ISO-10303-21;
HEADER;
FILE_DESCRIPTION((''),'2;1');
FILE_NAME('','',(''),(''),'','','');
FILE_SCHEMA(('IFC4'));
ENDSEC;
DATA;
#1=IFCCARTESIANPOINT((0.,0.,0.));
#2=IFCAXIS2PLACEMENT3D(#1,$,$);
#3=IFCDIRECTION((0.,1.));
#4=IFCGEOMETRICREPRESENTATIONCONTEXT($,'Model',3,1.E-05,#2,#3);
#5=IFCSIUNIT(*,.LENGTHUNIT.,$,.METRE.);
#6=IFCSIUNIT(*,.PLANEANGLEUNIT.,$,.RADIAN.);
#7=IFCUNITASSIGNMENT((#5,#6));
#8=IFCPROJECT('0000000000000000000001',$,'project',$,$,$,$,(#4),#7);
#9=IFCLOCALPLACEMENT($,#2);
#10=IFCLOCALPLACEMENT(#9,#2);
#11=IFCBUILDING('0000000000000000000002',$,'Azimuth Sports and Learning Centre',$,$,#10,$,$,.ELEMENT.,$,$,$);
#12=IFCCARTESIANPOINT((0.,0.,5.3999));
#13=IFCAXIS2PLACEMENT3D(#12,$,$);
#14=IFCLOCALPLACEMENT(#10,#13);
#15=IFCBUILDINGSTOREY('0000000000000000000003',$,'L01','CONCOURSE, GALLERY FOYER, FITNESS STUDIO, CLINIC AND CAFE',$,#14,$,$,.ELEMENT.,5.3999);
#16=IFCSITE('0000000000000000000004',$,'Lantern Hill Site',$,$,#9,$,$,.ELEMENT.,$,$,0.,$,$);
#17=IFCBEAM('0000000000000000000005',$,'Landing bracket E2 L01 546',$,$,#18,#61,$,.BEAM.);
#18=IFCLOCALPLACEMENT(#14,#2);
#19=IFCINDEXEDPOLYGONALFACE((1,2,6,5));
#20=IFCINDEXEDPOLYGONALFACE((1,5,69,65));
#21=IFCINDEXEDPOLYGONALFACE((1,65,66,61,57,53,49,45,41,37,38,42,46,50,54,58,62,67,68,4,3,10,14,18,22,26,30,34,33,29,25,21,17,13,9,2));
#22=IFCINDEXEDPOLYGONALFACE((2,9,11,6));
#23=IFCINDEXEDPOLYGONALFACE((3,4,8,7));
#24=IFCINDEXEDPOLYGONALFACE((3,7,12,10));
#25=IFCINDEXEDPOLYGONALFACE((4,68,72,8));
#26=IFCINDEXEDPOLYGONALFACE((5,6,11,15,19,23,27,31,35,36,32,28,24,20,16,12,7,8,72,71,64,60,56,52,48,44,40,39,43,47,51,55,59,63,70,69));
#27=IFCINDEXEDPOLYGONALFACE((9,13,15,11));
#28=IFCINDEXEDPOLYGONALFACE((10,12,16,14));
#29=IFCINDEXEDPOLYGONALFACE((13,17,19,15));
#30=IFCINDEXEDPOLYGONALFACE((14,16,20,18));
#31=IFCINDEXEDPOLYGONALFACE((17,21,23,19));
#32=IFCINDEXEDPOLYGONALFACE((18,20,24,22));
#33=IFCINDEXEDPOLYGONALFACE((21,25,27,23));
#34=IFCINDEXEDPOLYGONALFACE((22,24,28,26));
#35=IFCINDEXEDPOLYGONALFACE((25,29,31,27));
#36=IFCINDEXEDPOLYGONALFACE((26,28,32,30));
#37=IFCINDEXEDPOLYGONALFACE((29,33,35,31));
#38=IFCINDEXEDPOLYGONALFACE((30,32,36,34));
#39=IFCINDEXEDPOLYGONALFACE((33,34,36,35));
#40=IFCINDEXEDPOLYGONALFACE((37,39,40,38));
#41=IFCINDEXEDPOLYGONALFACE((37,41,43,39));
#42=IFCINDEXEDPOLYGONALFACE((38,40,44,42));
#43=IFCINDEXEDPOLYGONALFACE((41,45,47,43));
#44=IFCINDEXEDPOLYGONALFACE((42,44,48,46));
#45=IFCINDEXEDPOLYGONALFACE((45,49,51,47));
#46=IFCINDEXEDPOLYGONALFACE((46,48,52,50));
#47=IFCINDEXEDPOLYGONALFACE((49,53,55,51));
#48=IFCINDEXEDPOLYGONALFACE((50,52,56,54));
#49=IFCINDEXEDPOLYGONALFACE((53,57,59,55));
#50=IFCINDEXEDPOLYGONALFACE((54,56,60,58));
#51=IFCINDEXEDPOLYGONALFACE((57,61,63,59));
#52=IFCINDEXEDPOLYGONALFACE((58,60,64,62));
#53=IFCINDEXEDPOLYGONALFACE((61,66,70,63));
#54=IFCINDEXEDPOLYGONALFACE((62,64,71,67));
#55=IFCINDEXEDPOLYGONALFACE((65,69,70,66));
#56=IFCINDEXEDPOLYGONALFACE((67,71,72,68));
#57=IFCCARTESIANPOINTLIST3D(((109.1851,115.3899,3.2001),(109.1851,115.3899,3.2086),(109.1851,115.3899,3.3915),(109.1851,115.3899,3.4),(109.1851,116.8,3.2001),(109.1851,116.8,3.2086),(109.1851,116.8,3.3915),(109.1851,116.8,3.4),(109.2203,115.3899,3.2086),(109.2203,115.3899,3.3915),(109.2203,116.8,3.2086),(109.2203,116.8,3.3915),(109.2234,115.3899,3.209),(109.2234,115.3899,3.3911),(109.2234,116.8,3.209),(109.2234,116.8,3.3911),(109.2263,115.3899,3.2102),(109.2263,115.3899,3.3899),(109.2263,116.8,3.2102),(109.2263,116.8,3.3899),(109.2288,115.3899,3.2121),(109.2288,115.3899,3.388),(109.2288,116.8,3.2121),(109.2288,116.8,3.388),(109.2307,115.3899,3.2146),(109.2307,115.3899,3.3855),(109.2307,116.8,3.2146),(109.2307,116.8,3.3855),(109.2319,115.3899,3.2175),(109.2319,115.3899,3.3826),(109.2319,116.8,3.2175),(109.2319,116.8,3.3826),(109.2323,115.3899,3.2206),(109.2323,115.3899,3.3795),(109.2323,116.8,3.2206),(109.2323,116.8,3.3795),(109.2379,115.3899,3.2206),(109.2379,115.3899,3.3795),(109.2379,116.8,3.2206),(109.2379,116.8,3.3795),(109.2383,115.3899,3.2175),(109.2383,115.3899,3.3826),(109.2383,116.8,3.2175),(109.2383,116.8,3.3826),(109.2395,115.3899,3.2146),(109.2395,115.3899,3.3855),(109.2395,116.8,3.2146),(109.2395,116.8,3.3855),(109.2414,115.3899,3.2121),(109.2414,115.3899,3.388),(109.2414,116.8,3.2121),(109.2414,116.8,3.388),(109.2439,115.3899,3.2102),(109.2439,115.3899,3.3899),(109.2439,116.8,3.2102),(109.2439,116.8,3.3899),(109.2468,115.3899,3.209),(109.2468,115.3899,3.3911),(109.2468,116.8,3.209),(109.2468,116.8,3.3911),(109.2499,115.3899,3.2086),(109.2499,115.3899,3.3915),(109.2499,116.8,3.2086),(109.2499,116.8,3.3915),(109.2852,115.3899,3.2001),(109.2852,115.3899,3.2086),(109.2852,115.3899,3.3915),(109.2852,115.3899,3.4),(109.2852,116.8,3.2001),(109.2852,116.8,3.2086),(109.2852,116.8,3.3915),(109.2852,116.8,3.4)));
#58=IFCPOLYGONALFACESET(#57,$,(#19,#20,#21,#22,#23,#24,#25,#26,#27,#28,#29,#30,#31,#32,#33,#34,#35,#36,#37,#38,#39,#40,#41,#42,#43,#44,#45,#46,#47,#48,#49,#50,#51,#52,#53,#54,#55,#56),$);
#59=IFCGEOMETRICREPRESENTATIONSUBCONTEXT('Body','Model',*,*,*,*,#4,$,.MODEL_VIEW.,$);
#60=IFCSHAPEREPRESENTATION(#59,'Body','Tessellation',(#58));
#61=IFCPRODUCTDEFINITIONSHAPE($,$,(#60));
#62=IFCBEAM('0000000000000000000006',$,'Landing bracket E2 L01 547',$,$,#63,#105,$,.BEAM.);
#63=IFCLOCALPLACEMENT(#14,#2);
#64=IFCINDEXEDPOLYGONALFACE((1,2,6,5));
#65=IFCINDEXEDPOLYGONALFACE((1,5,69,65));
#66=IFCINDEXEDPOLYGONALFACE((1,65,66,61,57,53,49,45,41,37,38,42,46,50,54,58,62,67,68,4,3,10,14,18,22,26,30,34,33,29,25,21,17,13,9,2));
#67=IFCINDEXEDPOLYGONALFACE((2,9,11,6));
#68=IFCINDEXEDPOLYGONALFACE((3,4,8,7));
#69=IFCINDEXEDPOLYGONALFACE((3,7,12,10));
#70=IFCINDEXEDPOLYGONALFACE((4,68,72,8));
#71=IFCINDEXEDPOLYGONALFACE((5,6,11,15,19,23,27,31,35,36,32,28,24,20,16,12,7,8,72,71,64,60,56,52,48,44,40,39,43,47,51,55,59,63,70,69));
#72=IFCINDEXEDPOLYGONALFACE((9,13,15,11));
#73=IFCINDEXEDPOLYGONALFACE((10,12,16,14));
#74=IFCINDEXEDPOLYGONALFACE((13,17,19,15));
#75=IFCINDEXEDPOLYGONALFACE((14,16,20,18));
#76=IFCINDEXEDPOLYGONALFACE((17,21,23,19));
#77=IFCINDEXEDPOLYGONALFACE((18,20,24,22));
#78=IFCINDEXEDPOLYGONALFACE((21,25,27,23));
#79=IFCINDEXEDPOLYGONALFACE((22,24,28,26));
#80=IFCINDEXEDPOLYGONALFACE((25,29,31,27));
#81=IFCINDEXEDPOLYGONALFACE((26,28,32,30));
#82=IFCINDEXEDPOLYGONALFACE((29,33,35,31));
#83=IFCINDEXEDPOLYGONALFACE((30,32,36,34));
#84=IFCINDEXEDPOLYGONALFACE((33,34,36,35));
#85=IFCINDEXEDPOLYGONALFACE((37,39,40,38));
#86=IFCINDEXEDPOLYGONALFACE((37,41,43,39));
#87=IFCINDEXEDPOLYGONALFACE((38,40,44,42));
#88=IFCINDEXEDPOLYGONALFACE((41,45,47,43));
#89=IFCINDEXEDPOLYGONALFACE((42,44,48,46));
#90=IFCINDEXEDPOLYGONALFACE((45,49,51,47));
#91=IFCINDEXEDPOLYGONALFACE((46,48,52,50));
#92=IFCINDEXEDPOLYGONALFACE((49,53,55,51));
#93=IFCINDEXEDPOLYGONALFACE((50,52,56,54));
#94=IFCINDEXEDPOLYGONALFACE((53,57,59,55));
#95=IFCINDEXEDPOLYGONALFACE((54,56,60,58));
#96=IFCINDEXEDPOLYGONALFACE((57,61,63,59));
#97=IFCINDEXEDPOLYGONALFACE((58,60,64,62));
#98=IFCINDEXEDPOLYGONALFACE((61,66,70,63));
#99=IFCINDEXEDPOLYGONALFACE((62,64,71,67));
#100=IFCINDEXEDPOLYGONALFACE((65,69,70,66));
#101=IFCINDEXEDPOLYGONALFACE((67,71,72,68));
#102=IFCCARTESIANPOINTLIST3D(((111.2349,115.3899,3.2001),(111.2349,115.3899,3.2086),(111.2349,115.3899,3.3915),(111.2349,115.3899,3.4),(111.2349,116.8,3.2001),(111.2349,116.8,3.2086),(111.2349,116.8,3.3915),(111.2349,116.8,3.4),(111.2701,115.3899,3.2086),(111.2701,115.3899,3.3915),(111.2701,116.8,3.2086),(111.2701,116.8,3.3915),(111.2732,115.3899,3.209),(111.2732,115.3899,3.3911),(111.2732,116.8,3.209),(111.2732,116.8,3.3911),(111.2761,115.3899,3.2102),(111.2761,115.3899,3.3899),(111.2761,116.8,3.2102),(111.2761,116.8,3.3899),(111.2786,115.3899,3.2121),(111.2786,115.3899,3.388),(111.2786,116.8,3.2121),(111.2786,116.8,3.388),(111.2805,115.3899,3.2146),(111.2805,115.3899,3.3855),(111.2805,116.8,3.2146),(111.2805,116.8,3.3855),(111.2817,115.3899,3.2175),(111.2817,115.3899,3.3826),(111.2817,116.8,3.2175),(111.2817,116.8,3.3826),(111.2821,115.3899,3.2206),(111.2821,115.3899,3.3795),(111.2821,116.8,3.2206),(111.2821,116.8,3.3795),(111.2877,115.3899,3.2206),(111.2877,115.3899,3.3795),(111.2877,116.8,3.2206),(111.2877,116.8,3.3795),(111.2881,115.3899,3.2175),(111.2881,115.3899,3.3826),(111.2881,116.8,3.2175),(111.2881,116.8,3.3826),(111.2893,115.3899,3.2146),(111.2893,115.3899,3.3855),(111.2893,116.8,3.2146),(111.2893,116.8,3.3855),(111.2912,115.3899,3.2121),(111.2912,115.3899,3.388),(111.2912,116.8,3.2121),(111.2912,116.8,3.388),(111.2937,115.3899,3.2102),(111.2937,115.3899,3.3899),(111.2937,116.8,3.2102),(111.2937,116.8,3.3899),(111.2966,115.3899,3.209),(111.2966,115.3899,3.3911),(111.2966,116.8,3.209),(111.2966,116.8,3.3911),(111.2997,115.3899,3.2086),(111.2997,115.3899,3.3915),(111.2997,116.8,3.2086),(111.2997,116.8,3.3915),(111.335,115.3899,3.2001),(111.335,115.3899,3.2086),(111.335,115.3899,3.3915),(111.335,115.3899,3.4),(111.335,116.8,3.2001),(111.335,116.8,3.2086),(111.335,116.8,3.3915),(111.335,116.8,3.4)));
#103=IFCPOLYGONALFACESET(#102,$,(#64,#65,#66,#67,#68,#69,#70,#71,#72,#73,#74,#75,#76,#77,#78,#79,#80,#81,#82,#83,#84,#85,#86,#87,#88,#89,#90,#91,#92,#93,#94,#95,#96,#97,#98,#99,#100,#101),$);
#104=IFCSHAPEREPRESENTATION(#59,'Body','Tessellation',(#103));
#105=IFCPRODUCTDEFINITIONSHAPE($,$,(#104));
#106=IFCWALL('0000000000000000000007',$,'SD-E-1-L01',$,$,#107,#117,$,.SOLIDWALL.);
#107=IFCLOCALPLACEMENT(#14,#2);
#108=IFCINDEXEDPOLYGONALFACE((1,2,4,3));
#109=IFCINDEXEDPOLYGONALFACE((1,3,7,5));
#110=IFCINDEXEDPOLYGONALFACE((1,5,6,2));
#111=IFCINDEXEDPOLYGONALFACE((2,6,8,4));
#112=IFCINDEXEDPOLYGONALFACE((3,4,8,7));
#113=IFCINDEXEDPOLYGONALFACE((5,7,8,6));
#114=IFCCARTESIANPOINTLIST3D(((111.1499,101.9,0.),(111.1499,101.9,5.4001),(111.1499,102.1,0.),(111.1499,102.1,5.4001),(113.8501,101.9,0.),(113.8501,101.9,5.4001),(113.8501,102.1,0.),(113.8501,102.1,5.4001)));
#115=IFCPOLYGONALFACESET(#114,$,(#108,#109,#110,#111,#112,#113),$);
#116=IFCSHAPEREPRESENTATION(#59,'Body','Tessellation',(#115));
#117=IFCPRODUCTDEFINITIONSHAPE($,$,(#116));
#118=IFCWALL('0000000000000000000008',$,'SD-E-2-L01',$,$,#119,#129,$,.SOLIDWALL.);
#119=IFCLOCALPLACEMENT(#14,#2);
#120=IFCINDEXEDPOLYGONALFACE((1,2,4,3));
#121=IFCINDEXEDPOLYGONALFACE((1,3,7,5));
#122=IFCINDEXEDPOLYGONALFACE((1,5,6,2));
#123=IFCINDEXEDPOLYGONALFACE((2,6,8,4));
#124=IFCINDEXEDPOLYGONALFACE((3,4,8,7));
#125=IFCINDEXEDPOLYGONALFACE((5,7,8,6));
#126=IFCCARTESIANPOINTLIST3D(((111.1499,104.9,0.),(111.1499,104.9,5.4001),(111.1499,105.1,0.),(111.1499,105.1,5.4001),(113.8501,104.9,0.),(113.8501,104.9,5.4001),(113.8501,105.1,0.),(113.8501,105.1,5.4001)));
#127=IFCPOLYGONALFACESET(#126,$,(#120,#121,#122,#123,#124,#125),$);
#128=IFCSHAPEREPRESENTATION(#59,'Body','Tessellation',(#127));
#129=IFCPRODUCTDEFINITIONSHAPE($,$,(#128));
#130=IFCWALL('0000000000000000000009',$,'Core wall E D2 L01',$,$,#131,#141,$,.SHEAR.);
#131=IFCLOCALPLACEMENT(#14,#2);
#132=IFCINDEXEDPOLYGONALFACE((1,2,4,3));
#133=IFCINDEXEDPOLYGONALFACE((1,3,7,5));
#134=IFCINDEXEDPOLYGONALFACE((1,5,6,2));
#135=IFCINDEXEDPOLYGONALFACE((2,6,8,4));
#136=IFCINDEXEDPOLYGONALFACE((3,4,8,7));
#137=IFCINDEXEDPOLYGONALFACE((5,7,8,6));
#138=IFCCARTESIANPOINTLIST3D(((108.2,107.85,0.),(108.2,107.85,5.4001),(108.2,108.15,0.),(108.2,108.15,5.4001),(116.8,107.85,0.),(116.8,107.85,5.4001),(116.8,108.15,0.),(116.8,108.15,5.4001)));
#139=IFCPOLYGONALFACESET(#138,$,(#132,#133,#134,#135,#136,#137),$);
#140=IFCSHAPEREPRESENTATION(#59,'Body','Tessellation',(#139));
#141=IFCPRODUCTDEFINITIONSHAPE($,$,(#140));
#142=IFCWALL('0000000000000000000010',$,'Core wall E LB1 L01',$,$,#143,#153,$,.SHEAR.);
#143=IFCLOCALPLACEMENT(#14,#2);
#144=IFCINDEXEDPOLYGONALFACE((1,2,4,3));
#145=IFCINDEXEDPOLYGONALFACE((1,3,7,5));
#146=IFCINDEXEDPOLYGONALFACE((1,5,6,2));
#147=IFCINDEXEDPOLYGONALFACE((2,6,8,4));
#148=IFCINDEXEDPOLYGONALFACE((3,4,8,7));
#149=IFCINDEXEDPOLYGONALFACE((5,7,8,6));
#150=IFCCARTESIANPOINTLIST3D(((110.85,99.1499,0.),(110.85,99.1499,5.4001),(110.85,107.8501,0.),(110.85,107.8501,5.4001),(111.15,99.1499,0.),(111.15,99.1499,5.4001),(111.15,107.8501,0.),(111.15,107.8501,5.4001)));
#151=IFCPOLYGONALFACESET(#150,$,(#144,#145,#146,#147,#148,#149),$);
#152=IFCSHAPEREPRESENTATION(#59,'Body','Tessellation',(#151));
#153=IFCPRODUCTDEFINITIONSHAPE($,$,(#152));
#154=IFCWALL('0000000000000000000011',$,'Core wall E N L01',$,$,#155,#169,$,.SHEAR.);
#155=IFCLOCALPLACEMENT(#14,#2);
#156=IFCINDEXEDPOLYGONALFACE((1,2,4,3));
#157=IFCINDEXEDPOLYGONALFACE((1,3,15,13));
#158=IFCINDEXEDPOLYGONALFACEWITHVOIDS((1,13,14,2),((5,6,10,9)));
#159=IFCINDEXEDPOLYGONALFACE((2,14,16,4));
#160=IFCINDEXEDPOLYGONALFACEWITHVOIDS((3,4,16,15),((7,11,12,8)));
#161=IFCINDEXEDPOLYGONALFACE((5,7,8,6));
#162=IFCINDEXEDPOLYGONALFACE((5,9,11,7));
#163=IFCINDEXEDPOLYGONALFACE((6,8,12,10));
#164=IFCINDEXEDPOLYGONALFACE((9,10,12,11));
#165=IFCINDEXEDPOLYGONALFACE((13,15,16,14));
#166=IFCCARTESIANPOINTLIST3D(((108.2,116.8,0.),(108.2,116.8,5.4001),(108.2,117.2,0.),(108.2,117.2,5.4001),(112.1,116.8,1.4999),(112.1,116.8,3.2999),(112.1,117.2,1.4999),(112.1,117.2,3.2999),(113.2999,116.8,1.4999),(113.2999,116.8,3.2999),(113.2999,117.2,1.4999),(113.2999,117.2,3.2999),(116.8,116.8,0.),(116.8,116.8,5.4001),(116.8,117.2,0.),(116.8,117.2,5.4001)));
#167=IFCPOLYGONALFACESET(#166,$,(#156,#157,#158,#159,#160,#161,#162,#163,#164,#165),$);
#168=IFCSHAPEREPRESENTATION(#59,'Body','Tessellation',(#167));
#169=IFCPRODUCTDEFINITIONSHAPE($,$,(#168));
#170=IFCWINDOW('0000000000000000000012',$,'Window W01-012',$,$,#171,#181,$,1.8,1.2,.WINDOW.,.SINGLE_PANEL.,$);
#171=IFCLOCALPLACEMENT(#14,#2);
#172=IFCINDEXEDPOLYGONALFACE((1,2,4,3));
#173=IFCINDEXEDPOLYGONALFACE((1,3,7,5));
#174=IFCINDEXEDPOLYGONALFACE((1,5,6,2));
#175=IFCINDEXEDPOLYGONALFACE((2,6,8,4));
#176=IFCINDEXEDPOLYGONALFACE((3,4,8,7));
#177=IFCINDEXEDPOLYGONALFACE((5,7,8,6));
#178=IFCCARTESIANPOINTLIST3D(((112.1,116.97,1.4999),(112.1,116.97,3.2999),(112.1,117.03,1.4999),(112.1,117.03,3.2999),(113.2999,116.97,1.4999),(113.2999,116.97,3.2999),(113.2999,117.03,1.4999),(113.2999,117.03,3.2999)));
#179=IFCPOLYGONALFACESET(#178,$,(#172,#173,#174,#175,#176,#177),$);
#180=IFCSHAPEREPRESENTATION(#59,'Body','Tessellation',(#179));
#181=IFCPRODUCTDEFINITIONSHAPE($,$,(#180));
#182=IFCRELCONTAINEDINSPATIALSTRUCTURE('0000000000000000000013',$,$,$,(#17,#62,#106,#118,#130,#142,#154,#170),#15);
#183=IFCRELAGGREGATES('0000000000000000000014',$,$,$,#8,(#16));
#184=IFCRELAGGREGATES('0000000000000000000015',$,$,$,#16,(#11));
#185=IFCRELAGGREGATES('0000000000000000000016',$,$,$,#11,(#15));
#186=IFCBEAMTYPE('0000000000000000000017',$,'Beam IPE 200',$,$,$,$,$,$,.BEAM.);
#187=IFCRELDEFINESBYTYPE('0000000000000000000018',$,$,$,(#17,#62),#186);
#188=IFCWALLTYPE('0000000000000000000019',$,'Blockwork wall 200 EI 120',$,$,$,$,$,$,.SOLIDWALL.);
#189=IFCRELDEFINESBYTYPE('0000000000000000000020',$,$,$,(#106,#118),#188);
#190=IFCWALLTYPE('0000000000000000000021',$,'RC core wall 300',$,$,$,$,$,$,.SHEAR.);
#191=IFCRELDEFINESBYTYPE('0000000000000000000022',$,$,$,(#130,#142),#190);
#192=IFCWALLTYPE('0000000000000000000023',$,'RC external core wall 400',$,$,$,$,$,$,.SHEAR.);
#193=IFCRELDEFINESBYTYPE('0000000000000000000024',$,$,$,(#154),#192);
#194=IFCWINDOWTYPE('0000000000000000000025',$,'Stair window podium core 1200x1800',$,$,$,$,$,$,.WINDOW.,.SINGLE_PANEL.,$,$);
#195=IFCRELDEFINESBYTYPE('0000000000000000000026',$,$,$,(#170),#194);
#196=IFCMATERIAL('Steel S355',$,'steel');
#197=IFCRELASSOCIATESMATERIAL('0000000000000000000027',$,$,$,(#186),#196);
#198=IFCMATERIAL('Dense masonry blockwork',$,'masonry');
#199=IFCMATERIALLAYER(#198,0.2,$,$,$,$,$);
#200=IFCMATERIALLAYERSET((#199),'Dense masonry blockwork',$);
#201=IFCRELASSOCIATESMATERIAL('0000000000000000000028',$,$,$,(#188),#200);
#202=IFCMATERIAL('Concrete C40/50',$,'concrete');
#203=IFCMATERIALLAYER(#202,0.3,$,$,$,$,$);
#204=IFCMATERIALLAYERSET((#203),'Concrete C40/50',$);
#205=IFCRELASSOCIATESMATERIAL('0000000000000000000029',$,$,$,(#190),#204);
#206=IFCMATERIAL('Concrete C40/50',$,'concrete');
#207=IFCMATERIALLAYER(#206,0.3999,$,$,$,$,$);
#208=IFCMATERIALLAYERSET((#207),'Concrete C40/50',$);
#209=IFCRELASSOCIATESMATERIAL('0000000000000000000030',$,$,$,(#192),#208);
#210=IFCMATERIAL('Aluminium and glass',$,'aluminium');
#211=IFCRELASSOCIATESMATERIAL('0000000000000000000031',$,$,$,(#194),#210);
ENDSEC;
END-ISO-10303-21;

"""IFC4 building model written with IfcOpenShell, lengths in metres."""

from ifc_helpers import new_model, si_unit, direction, frame, frame_2d, origin, origin_2d, place, context, subcontext, project, spatial, rectangle, i_section, extrude, material, layer, layer_set, material_profile, profile_set, type_object, element, fill, save


model = new_model("IFC4")

# Units and contexts
model_context = context("Model", 3, precision=1e-05, world=origin(), true_north=direction((0.0, 1.0)))
body_context = subcontext(model_context, "Body", "Model", "MODEL_VIEW")
ifc_project = project(units=[si_unit("LENGTHUNIT", "METRE"), si_unit("PLANEANGLEUNIT", "RADIAN")], contexts=[model_context])

# Site, building, storey
site_placement = place(None, origin())
site = spatial("IfcSite", under=ifc_project, at=site_placement, Name="Lantern Hill Site", CompositionType="ELEMENT", RefElevation=0.0)
building_placement = place(site_placement, origin())
building = spatial("IfcBuilding", under=site, at=building_placement, Name="Azimuth Sports and Learning Centre", CompositionType="ELEMENT")
storey_placement = place(building_placement, frame((0.0, 0.0, 5.3999)))
storey = spatial("IfcBuildingStorey", under=building, at=storey_placement, Name="L01", Description="CONCOURSE, GALLERY FOYER, FITNESS STUDIO, CLINIC AND CAFE", CompositionType="ELEMENT", Elevation=5.3999)

# Beams
ifc_material_1 = material(Name="Steel S355", Category="steel")
ifc_material_profile = material_profile(ifc_material_1, i_section(OverallWidth=0.1001, OverallDepth=0.2, WebThickness=0.0056, FlangeThickness=0.0085, FilletRadius=0.012, at=origin_2d()), Name="IPE 200")
ifc_profile_set = profile_set([ifc_material_profile], Name="Steel S355")
beam_type = type_object("IfcBeamType", Name="Beam IPE 200", PredefinedType="BEAM", material=ifc_profile_set)
for number, where, z_axis, x_axis, name in (
    (1, (109.2351, 116.8, 3.3), (0.0, -1.0, 0.0), (1.0, 0.0, 0.0), "Landing bracket E2 L01 546"),
    (2, (111.2849, 116.8, 3.3), (0.0, -1.0, 0.0), (1.0, 0.0, 0.0), "Landing bracket E2 L01 547"),
):
    element("IfcBeam", number, at=place(storey_placement, frame(where, z_axis=z_axis, x_axis=x_axis)), inside=storey, type_object=beam_type, Name=name, PredefinedType="BEAM", context=body_context, shape_type="SweptSolid", body=[
        extrude(i_section(OverallWidth=0.1001, OverallDepth=0.2, WebThickness=0.0056, FlangeThickness=0.0085, FilletRadius=0.012, at=origin_2d()), origin(), (0.0, 0.0, 1.0), 1.4102),
    ])

# Walls
ifc_material_2 = material(Name="Dense masonry blockwork", Category="masonry")
ifc_layer_1 = layer(ifc_material_2, 0.2)
ifc_layer_set_1 = layer_set([ifc_layer_1], Name="Dense masonry blockwork")
wall_type_1 = type_object("IfcWallType", Name="Blockwork wall 200 EI 120", PredefinedType="SOLIDWALL", material=ifc_layer_set_1)
for number, where, z_axis, x_axis, name in (
    (3, (111.1499, 102.0, 0.0), (0.0, 0.0, 1.0), (1.0, 0.0, 0.0), "SD-E-1-L01"),
    (4, (111.1499, 105.0, 0.0), (0.0, 0.0, 1.0), (1.0, 0.0, 0.0), "SD-E-2-L01"),
):
    element("IfcWall", number, at=place(storey_placement, frame(where, z_axis=z_axis, x_axis=x_axis)), inside=storey, type_object=wall_type_1, Name=name, PredefinedType="SOLIDWALL", context=body_context, shape_type="SweptSolid", body=[
        extrude(rectangle(XDim=2.7002, YDim=0.2, at=frame_2d((1.3501, 0.0))), origin(), (0.0, 0.0, 1.0), 5.4001),
    ])
ifc_material_3 = material(Name="Concrete C40/50", Category="concrete")
ifc_layer_2 = layer(ifc_material_3, 0.3)
ifc_layer_set_2 = layer_set([ifc_layer_2], Name="Concrete C40/50")
wall_type_2 = type_object("IfcWallType", Name="RC core wall 300", PredefinedType="SHEAR", material=ifc_layer_set_2)
wall_1_placement = place(storey_placement, frame((108.2, 108.0, 0.0), z_axis=(0.0, 0.0, 1.0), x_axis=(1.0, 0.0, 0.0)))
element("IfcWall", 5, at=wall_1_placement, inside=storey, type_object=wall_type_2, Name="Core wall E D2 L01", PredefinedType="SHEAR", context=body_context, shape_type="SweptSolid", body=[
    extrude(rectangle(XDim=8.6001, YDim=0.3, at=frame_2d((4.3, 0.0))), origin(), (0.0, 0.0, 1.0), 5.4001),
])
wall_2_placement = place(storey_placement, frame((111.0, 99.1499, 0.0), z_axis=(0.0, 0.0, 1.0), x_axis=(0.0, 1.0, 0.0)))
element("IfcWall", 6, at=wall_2_placement, inside=storey, type_object=wall_type_2, Name="Core wall E LB1 L01", PredefinedType="SHEAR", context=body_context, shape_type="SweptSolid", body=[
    extrude(rectangle(XDim=8.7002, YDim=0.3, at=frame_2d((4.3501, 0.0))), origin(), (0.0, 0.0, 1.0), 5.4001),
])

# Wall, opening, window
ifc_material_4 = material(Name="Concrete C40/50", Category="concrete")
ifc_layer_3 = layer(ifc_material_4, 0.3999)
ifc_layer_set_3 = layer_set([ifc_layer_3], Name="Concrete C40/50")
wall_type_3 = type_object("IfcWallType", Name="RC external core wall 400", PredefinedType="SHEAR", material=ifc_layer_set_3)
wall_3_placement = place(storey_placement, frame((108.2, 117.0, 0.0), z_axis=(0.0, 0.0, 1.0), x_axis=(1.0, 0.0, 0.0)))
wall_3 = element("IfcWall", 7, at=wall_3_placement, inside=storey, type_object=wall_type_3, Name="Core wall E N L01", PredefinedType="SHEAR", context=body_context, shape_type="SweptSolid", body=[
    extrude(rectangle(XDim=8.6001, YDim=0.3999, at=frame_2d((4.3, 0.0))), origin(), (0.0, 0.0, 1.0), 5.4001),
])
opening_placement = place(wall_3_placement, frame((3.8999, 0.0, 1.5)))
opening = element("IfcOpeningElement", 8, at=opening_placement, cuts=wall_3, PredefinedType="OPENING", context=body_context, shape_type="SweptSolid", body=[
    extrude(rectangle(XDim=1.2, YDim=1.8, at=frame_2d((0.6001, 0.8999))), frame((0.0, 0.2109, 0.0), z_axis=(0.0, -1.0, 0.0), x_axis=(1.0, 0.0, 0.0)), (0.0, 0.0, 1.0), 0.4219),
])
ifc_material_5 = material(Name="Aluminium and glass", Category="aluminium")
window_type = type_object("IfcWindowType", Name="Stair window podium core 1200x1800", PartitioningType="SINGLE_PANEL", PredefinedType="WINDOW", material=ifc_material_5)
window_placement = place(opening_placement, origin())
window = element("IfcWindow", 9, at=window_placement, inside=storey, type_object=window_type, Name="Window W01-012", OverallHeight=1.8, OverallWidth=1.2, PartitioningType="SINGLE_PANEL", PredefinedType="WINDOW", context=body_context, shape_type="SweptSolid", body=[
    extrude(rectangle(XDim=1.2, YDim=1.8, at=frame_2d((0.6001, 0.8999))), frame((0.0, 0.03, 0.0), z_axis=(0.0, -1.0, 0.0), x_axis=(1.0, 0.0, 0.0)), (0.0, 0.0, 1.0), 0.0601),
])
fill(opening, window)

save(model, "model.ifc")
